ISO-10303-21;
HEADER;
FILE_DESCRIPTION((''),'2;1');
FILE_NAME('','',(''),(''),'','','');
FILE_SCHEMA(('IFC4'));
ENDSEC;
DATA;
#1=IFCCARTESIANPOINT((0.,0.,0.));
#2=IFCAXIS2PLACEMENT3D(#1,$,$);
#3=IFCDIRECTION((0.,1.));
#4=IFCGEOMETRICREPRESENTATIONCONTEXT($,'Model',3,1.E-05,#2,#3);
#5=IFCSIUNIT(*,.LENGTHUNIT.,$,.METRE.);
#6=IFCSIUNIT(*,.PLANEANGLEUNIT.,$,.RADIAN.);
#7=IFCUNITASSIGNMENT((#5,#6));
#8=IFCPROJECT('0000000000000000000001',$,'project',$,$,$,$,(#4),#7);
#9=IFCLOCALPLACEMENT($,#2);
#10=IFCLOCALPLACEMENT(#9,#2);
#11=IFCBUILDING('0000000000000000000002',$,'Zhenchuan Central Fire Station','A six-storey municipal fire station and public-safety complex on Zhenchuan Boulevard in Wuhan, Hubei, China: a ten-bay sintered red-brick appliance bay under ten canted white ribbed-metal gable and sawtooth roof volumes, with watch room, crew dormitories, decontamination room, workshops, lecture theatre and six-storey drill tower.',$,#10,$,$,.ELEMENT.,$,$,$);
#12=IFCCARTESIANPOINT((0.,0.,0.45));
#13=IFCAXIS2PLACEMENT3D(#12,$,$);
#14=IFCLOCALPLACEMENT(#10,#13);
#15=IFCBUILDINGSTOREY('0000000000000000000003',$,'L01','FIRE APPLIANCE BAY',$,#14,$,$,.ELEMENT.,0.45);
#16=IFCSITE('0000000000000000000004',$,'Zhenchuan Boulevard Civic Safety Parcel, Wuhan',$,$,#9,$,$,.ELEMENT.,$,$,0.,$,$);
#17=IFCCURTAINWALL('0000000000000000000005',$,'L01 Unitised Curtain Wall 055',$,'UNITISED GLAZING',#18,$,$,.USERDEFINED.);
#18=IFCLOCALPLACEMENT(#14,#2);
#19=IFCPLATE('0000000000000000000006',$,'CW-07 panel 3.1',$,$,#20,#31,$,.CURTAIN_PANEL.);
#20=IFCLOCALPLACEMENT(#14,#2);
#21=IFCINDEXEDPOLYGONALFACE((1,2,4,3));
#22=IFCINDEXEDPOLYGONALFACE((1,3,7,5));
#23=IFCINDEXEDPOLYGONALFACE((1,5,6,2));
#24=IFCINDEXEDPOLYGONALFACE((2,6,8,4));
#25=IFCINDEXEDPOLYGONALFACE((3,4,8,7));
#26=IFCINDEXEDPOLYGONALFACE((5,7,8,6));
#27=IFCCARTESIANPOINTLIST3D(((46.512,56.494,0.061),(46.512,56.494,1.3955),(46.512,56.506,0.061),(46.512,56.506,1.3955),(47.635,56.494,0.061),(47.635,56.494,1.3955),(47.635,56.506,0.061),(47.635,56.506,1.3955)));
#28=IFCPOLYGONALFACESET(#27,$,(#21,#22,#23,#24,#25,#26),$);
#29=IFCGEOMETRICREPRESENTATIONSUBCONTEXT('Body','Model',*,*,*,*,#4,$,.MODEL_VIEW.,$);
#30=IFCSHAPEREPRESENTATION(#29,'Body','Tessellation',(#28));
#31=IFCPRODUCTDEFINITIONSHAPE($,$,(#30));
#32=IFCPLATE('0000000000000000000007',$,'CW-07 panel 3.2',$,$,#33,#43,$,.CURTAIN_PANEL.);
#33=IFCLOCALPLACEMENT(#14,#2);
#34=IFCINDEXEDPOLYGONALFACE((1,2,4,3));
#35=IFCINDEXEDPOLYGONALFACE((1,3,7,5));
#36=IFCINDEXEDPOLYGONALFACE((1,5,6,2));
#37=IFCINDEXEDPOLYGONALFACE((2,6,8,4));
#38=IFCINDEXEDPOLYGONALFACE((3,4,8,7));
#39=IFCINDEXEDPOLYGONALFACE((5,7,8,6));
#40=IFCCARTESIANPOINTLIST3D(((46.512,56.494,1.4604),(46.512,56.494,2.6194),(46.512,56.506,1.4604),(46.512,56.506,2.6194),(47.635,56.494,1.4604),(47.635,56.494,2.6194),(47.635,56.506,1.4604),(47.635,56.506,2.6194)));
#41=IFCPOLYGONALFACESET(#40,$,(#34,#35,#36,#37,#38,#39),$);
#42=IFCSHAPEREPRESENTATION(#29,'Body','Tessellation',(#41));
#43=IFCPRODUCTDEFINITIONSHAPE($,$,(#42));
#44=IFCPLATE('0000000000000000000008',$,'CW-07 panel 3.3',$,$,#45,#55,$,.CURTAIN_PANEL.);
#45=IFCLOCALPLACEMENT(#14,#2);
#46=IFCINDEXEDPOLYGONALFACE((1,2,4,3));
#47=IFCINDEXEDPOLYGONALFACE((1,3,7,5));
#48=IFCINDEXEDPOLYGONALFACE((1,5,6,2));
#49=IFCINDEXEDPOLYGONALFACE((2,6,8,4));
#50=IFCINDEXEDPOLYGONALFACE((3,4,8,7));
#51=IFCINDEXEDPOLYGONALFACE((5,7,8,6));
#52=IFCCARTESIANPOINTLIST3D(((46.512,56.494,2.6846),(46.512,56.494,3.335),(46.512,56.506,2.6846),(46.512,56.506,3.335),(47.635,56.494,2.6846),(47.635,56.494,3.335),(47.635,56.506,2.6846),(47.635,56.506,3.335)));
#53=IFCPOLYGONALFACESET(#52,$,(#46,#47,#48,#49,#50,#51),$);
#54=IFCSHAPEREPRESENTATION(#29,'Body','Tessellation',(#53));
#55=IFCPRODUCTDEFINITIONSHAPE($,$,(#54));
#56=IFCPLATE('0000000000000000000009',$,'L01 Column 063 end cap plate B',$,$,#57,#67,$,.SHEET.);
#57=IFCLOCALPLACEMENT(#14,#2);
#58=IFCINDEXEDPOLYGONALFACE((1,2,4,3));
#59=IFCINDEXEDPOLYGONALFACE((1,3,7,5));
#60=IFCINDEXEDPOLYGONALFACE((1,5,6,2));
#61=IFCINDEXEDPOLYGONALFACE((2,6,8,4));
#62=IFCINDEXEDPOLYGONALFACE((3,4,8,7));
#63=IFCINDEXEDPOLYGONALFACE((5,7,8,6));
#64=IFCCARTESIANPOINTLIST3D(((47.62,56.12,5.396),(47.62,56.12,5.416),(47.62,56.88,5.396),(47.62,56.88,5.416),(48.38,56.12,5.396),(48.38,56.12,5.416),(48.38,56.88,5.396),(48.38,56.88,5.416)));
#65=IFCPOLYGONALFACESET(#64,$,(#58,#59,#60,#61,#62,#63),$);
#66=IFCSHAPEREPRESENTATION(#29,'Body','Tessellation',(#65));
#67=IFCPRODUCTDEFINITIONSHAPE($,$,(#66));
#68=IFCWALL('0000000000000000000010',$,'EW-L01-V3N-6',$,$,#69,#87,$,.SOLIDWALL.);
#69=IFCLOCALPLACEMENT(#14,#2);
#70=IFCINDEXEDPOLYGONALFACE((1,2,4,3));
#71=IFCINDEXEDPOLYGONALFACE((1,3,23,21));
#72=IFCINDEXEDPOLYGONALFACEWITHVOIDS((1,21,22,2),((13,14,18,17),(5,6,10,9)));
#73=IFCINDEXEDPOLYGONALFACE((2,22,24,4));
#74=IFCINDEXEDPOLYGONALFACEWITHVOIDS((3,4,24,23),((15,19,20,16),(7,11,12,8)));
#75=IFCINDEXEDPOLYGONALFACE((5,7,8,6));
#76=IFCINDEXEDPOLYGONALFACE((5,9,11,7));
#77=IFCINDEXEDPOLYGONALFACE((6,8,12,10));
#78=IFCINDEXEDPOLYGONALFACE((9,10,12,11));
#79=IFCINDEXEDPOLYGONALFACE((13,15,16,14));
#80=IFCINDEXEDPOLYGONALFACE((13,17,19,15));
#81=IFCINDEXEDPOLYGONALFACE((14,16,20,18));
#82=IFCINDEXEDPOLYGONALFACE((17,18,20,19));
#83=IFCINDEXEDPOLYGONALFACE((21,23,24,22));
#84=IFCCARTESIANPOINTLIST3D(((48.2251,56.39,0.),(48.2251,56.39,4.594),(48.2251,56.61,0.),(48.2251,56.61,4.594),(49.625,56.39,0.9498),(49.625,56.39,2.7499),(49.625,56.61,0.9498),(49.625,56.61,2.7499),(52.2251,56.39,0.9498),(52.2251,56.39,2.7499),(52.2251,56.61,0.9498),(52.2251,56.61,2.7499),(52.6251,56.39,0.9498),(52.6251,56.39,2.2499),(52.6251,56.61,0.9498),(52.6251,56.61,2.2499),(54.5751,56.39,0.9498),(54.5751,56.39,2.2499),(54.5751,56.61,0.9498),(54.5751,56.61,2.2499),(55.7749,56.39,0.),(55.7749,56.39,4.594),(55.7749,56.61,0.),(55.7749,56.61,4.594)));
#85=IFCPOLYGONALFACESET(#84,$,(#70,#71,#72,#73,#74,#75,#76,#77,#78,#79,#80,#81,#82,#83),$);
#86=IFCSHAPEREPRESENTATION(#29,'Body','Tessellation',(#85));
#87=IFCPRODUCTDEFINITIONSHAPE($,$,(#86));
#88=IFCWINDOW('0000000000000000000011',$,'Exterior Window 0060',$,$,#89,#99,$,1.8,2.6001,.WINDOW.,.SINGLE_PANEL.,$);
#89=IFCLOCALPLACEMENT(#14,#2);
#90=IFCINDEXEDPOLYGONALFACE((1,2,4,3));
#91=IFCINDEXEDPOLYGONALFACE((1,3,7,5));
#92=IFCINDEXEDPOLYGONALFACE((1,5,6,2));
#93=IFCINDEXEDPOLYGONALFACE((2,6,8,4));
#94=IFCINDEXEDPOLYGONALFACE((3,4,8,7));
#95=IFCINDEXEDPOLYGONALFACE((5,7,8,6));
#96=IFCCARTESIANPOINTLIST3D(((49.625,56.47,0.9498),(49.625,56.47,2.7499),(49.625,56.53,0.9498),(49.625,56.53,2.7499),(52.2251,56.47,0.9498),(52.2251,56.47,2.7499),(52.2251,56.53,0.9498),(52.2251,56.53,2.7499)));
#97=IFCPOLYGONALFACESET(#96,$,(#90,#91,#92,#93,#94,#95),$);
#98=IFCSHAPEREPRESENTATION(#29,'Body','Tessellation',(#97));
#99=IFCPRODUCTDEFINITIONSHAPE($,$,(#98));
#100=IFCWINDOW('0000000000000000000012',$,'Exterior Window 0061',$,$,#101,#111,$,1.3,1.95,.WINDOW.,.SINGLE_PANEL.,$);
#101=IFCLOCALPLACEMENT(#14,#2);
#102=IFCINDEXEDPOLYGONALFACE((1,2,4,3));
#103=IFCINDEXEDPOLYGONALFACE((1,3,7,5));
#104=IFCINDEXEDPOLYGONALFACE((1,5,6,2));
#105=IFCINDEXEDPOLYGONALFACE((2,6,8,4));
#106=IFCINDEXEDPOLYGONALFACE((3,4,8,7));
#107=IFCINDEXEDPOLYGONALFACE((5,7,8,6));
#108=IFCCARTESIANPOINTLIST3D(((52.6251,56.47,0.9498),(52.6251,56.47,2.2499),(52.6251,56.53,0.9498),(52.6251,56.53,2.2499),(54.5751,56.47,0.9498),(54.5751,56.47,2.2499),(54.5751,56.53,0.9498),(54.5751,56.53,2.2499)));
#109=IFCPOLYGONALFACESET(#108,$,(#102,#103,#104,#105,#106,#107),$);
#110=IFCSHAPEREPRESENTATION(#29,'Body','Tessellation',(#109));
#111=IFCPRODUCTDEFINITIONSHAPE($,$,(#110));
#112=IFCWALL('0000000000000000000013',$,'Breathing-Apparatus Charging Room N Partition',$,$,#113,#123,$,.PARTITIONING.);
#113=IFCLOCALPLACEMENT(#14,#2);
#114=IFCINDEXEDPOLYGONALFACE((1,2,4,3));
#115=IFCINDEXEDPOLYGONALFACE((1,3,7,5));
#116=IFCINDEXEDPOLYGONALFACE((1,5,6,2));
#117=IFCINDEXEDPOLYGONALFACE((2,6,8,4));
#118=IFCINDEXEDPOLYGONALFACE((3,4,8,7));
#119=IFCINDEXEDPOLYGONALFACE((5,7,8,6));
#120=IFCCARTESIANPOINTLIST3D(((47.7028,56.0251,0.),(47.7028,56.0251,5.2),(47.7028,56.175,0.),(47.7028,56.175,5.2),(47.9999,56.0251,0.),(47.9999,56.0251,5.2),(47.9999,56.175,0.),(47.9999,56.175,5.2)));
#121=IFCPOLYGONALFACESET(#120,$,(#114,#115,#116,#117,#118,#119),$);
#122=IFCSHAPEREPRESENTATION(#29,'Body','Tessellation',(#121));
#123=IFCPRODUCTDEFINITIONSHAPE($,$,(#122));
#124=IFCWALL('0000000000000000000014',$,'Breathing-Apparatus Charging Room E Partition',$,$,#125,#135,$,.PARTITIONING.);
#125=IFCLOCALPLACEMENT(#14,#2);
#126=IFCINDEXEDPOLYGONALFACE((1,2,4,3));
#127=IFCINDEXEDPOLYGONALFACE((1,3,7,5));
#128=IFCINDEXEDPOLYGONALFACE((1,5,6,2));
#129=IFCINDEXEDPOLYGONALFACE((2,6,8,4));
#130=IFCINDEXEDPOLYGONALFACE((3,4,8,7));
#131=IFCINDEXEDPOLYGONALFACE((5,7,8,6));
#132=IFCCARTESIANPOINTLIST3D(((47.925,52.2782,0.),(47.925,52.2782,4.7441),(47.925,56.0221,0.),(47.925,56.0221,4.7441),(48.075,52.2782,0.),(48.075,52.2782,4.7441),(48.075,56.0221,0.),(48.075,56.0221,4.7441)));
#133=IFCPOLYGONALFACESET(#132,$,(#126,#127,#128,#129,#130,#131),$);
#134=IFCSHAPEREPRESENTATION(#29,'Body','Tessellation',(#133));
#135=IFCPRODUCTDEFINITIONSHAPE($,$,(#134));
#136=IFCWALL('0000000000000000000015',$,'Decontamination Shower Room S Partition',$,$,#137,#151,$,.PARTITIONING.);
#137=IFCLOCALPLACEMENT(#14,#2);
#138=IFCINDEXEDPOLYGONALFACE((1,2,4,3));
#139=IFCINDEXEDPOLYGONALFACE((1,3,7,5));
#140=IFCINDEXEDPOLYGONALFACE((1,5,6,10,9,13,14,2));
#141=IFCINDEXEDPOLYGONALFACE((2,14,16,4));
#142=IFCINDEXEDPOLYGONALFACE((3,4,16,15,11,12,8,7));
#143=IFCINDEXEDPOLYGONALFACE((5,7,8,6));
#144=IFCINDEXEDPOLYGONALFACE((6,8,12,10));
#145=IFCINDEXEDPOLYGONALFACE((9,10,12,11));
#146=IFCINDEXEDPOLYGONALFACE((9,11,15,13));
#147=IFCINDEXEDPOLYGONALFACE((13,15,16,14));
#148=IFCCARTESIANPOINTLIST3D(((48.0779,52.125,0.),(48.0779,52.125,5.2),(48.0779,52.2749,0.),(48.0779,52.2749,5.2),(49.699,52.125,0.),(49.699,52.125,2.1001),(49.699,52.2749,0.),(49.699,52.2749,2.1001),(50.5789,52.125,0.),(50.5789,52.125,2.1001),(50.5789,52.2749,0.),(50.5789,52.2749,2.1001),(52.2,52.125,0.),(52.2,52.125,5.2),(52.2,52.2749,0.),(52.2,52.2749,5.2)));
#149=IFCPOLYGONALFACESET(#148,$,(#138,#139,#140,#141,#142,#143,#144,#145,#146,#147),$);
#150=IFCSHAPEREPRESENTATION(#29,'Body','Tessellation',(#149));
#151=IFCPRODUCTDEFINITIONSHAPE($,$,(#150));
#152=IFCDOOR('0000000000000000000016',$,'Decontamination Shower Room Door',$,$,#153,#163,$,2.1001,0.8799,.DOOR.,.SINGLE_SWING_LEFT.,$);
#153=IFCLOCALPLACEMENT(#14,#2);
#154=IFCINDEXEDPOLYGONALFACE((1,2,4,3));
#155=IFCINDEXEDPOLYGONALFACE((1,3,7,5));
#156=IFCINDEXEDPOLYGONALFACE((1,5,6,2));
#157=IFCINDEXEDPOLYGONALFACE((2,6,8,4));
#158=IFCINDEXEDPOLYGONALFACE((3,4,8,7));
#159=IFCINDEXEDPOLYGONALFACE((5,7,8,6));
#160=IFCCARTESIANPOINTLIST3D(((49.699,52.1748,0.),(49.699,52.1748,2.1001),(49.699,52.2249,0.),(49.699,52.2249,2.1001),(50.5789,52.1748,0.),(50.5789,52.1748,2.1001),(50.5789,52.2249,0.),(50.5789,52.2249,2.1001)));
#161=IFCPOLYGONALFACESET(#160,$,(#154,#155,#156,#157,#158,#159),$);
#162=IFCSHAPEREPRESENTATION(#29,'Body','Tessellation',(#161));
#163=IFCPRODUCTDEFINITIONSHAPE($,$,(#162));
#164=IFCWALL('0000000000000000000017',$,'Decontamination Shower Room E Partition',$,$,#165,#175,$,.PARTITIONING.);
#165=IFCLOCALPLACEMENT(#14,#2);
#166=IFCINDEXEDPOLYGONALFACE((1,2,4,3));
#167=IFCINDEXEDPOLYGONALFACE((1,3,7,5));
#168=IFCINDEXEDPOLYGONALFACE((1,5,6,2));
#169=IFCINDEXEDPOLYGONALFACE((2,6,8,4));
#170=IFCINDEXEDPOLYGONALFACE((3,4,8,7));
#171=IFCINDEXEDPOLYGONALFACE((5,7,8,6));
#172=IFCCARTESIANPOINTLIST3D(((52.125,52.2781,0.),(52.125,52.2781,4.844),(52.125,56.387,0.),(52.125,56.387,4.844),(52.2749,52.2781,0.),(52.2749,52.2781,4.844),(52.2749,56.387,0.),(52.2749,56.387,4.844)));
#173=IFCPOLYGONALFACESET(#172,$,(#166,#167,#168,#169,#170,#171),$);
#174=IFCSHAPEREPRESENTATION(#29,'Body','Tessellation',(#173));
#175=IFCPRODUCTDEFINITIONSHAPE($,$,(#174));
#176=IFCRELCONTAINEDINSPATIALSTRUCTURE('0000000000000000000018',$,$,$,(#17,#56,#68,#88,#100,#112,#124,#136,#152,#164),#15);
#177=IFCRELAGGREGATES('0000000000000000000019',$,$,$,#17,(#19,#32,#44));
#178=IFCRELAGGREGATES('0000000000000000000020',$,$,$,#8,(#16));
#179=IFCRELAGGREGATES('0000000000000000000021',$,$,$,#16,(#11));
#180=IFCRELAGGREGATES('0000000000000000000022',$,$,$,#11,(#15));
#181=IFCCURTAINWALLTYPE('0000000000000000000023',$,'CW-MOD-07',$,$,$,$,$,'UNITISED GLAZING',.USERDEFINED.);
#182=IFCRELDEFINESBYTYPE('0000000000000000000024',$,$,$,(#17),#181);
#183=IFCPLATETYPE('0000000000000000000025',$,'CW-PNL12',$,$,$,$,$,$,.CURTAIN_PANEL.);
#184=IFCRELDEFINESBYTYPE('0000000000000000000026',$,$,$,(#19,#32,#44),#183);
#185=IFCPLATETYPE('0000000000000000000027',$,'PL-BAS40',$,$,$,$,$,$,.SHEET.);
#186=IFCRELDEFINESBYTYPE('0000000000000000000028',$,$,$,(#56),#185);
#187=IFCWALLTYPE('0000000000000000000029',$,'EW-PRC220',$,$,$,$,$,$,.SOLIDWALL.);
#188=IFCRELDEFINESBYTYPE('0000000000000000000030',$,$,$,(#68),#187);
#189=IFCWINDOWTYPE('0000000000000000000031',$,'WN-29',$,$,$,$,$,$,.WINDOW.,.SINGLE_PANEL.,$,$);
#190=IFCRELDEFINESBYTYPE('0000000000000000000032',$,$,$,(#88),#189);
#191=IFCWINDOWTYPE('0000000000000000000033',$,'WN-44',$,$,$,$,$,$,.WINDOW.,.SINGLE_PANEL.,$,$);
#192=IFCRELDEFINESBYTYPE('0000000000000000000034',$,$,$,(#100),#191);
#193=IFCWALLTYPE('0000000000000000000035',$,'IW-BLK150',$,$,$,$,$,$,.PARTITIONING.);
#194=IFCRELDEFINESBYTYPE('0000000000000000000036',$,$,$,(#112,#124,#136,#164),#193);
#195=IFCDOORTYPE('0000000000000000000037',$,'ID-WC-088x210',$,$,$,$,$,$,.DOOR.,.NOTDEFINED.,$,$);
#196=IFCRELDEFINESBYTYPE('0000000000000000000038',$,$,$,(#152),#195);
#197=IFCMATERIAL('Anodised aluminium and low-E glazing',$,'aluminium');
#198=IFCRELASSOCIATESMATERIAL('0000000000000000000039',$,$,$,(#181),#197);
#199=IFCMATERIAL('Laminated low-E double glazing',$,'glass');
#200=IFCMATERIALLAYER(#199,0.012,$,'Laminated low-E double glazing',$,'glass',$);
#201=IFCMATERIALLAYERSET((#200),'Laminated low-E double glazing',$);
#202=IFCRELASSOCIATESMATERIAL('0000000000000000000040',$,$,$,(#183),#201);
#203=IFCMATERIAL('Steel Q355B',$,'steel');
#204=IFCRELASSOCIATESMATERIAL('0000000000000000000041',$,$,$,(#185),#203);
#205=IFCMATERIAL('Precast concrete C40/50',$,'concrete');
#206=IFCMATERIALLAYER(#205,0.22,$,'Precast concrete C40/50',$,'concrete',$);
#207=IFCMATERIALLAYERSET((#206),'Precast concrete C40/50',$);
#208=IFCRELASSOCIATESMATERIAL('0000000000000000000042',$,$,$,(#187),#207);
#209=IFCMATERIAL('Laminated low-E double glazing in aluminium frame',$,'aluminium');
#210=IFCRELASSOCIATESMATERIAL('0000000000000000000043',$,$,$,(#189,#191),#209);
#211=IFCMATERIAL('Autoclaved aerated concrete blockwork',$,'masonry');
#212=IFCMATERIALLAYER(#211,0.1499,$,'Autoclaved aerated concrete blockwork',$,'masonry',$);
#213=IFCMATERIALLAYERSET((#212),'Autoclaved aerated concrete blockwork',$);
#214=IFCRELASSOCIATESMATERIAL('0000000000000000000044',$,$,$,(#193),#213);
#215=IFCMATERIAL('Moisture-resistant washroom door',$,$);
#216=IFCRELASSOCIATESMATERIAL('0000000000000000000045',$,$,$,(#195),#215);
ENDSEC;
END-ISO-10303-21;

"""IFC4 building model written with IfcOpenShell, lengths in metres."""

from ifc_helpers import new_model, si_unit, direction, frame, frame_2d, origin, origin_2d, place, context, subcontext, project, spatial, rectangle, extrude, material, layer, layer_set, material_profile, profile_set, type_object, element, fill, aggregate, save


model = new_model("IFC4")

# Units and contexts
model_context = context("Model", 3, precision=1e-05, world=origin(), true_north=direction((0.0, 1.0)))
body_context = subcontext(model_context, "Body", "Model", "MODEL_VIEW")
ifc_project = project(units=[si_unit("LENGTHUNIT", "METRE"), si_unit("PLANEANGLEUNIT", "RADIAN")], contexts=[model_context])

# Site, building, storey
site_placement = place(None, origin())
site = spatial("IfcSite", under=ifc_project, at=site_placement, Name="Zhenchuan Boulevard Civic Safety Parcel, Wuhan", CompositionType="ELEMENT", RefElevation=0.0)
building_placement = place(site_placement, origin())
building = spatial("IfcBuilding", under=site, at=building_placement, Name="Zhenchuan Central Fire Station", Description="A six-storey municipal fire station and public-safety complex on Zhenchuan Boulevard in Wuhan, Hubei, China: a ten-bay sintered red-brick appliance bay under ten canted white ribbed-metal gable and sawtooth roof volumes, with watch room, crew dormitories, decontamination room, workshops, lecture theatre and six-storey drill tower.", CompositionType="ELEMENT")
storey_placement = place(building_placement, frame((0.0, 0.0, 0.45)))
storey = spatial("IfcBuildingStorey", under=building, at=storey_placement, Name="L01", Description="FIRE APPLIANCE BAY", CompositionType="ELEMENT", Elevation=0.45)

# Shared definitions
ifc_material_1 = material(Name="Steel Q355B", Category="steel")

# Curtain wall, plates
ifc_material_2 = material(Name="Anodised aluminium and low-E glazing", Category="aluminium")
curtain_wall_type = type_object("IfcCurtainWallType", Name="CW-MOD-07", ElementType="UNITISED GLAZING", PredefinedType="USERDEFINED", material=ifc_material_2)
curtain_wall_placement = place(storey_placement, origin())
curtain_wall = element("IfcCurtainWall", 1, at=curtain_wall_placement, inside=storey, type_object=curtain_wall_type, Name="L01 Unitised Curtain Wall 055", ObjectType="UNITISED GLAZING", PredefinedType="USERDEFINED")
ifc_material_3 = material(Name="Laminated low-E double glazing", Category="glass")
ifc_layer_1 = layer(ifc_material_3, 0.012, Name="Laminated low-E double glazing", Category="glass")
ifc_layer_set_1 = layer_set([ifc_layer_1], Name="Laminated low-E double glazing")
plate_type_1 = type_object("IfcPlateType", Name="CW-PNL12", PredefinedType="CURTAIN_PANEL", material=ifc_layer_set_1)
plate_1_placement = place(storey_placement, frame((47.0735, 56.5, 0.061), z_axis=(0.0, 0.0, 1.0), x_axis=(1.0, 0.0, 0.0)))
plate_1 = element("IfcPlate", 2, at=plate_1_placement, type_object=plate_type_1, Name="CW-07 panel 3.1", PredefinedType="CURTAIN_PANEL", context=body_context, shape_type="SweptSolid", body=[
    extrude(rectangle(XDim=1.123, YDim=0.012, at=origin_2d()), origin(), (0.0, 0.0, 1.0), 1.3345),
])
plate_2_placement = place(storey_placement, frame((47.0735, 56.5, 1.4604), z_axis=(0.0, 0.0, 1.0), x_axis=(1.0, 0.0, 0.0)))
plate_2 = element("IfcPlate", 3, at=plate_2_placement, type_object=plate_type_1, Name="CW-07 panel 3.2", PredefinedType="CURTAIN_PANEL", context=body_context, shape_type="SweptSolid", body=[
    extrude(rectangle(XDim=1.123, YDim=0.012, at=origin_2d()), origin(), (0.0, 0.0, 1.0), 1.1589),
])
plate_3_placement = place(storey_placement, frame((47.0735, 56.5, 2.6846), z_axis=(0.0, 0.0, 1.0), x_axis=(1.0, 0.0, 0.0)))
plate_3 = element("IfcPlate", 4, at=plate_3_placement, type_object=plate_type_1, Name="CW-07 panel 3.3", PredefinedType="CURTAIN_PANEL", context=body_context, shape_type="SweptSolid", body=[
    extrude(rectangle(XDim=1.123, YDim=0.012, at=origin_2d()), origin(), (0.0, 0.0, 1.0), 0.6504),
])
aggregate(curtain_wall, [plate_1, plate_2, plate_3])

# Plate
ifc_material_profile_1 = material_profile(ifc_material_1, rectangle(XDim=0.76, YDim=0.76, at=origin_2d()), Name="PL 760x760x40")
ifc_profile_set_1 = profile_set([ifc_material_profile_1], Name="Steel Q355B")
plate_type_2 = type_object("IfcPlateType", Name="PL-BAS40", PredefinedType="SHEET", material=ifc_profile_set_1)
plate_4_placement = place(storey_placement, frame((48.0, 56.5, 5.396), z_axis=(0.0, 0.0, 1.0), x_axis=(1.0, 0.0, 0.0)))
element("IfcPlate", 5, at=plate_4_placement, inside=storey, type_object=plate_type_2, Name="L01 Column 063 end cap plate B", PredefinedType="SHEET", context=body_context, shape_type="SweptSolid", body=[
    extrude(rectangle(XDim=0.76, YDim=0.76, at=origin_2d()), origin(), (0.0, 0.0, 1.0), 0.02),
])

# Wall, openings, windows
ifc_material_4 = material(Name="Precast concrete C40/50", Category="concrete")
ifc_layer_2 = layer(ifc_material_4, 0.22, Name="Precast concrete C40/50", Category="concrete")
ifc_layer_set_2 = layer_set([ifc_layer_2], Name="Precast concrete C40/50")
wall_type_1 = type_object("IfcWallType", Name="EW-PRC220", PredefinedType="SOLIDWALL", material=ifc_layer_set_2)
wall_1_placement = place(storey_placement, frame((48.2251, 56.5, 0.0), z_axis=(0.0, 0.0, 1.0), x_axis=(1.0, 0.0, 0.0)))
wall_1 = element("IfcWall", 6, at=wall_1_placement, inside=storey, type_object=wall_type_1, Name="EW-L01-V3N-6", PredefinedType="SOLIDWALL", context=body_context, shape_type="SweptSolid", body=[
    extrude(rectangle(XDim=7.5498, YDim=0.22, at=frame_2d((3.7749, 0.0))), origin(), (0.0, 0.0, 1.0), 4.594),
])
opening_1_placement = place(wall_1_placement, frame((1.3999, 0.0, 0.95)))
opening_1 = element("IfcOpeningElement", 7, at=opening_1_placement, cuts=wall_1, PredefinedType="OPENING", context=body_context, shape_type="SweptSolid", body=[
    extrude(rectangle(XDim=2.6001, YDim=1.8, at=frame_2d((1.3, 0.8999))), frame((0.0, 0.1199, 0.0), z_axis=(0.0, -1.0, 0.0), x_axis=(1.0, 0.0, 0.0)), (0.0, 0.0, 1.0), 0.24),
])
opening_2_placement = place(wall_1_placement, frame((4.3999, 0.0, 0.95)))
opening_2 = element("IfcOpeningElement", 8, at=opening_2_placement, cuts=wall_1, PredefinedType="OPENING", context=body_context, shape_type="SweptSolid", body=[
    extrude(rectangle(XDim=1.95, YDim=1.3, at=frame_2d((0.9751, 0.6499))), frame((0.0, 0.1199, 0.0), z_axis=(0.0, -1.0, 0.0), x_axis=(1.0, 0.0, 0.0)), (0.0, 0.0, 1.0), 0.24),
])
ifc_material_5 = material(Name="Laminated low-E double glazing in aluminium frame", Category="aluminium")
window_type_1 = type_object("IfcWindowType", Name="WN-29", PartitioningType="SINGLE_PANEL", PredefinedType="WINDOW", material=ifc_material_5)
window_1_placement = place(opening_1_placement, origin())
window_1 = element("IfcWindow", 9, at=window_1_placement, inside=storey, type_object=window_type_1, Name="Exterior Window 0060", OverallHeight=1.8, OverallWidth=2.6001, PartitioningType="SINGLE_PANEL", PredefinedType="WINDOW", context=body_context, shape_type="SweptSolid", body=[
    extrude(rectangle(XDim=2.6001, YDim=1.8, at=frame_2d((1.3, 0.8999))), frame((0.0, 0.03, 0.0), z_axis=(0.0, -1.0, 0.0), x_axis=(1.0, 0.0, 0.0)), (0.0, 0.0, 1.0), 0.0601),
])
fill(opening_1, window_1)
window_type_2 = type_object("IfcWindowType", Name="WN-44", PartitioningType="SINGLE_PANEL", PredefinedType="WINDOW", material=ifc_material_5)
window_2_placement = place(opening_2_placement, origin())
window_2 = element("IfcWindow", 10, at=window_2_placement, inside=storey, type_object=window_type_2, Name="Exterior Window 0061", OverallHeight=1.3, OverallWidth=1.95, PartitioningType="SINGLE_PANEL", PredefinedType="WINDOW", context=body_context, shape_type="SweptSolid", body=[
    extrude(rectangle(XDim=1.95, YDim=1.3, at=frame_2d((0.9751, 0.6499))), frame((0.0, 0.03, 0.0), z_axis=(0.0, -1.0, 0.0), x_axis=(1.0, 0.0, 0.0)), (0.0, 0.0, 1.0), 0.0601),
])
fill(opening_2, window_2)

# Walls
ifc_material_6 = material(Name="Autoclaved aerated concrete blockwork", Category="masonry")
ifc_layer_3 = layer(ifc_material_6, 0.1499, Name="Autoclaved aerated concrete blockwork", Category="masonry")
ifc_layer_set_3 = layer_set([ifc_layer_3], Name="Autoclaved aerated concrete blockwork")
wall_type_2 = type_object("IfcWallType", Name="IW-BLK150", PredefinedType="PARTITIONING", material=ifc_layer_set_3)
wall_2_placement = place(storey_placement, frame((47.7029, 56.1001, 0.0), z_axis=(0.0, 0.0, 1.0), x_axis=(1.0, 0.0, 0.0)))
element("IfcWall", 11, at=wall_2_placement, inside=storey, type_object=wall_type_2, Name="Breathing-Apparatus Charging Room N Partition", PredefinedType="PARTITIONING", context=body_context, shape_type="SweptSolid", body=[
    extrude(rectangle(XDim=0.2971, YDim=0.1499, at=frame_2d((0.1484, 0.0))), origin(), (0.0, 0.0, 1.0), 5.2),
])
wall_3_placement = place(storey_placement, frame((48.0, 52.2781, 0.0), z_axis=(0.0, 0.0, 1.0), x_axis=(0.0, 1.0, 0.0)))
element("IfcWall", 12, at=wall_3_placement, inside=storey, type_object=wall_type_2, Name="Breathing-Apparatus Charging Room E Partition", PredefinedType="PARTITIONING", context=body_context, shape_type="SweptSolid", body=[
    extrude(rectangle(XDim=3.7439, YDim=0.1499, at=frame_2d((1.8721, 0.0))), origin(), (0.0, 0.0, 1.0), 4.7441),
])

# Wall, opening, door
wall_4_placement = place(storey_placement, frame((48.0779, 52.2, 0.0), z_axis=(0.0, 0.0, 1.0), x_axis=(1.0, 0.0, 0.0)))
wall_4 = element("IfcWall", 13, at=wall_4_placement, inside=storey, type_object=wall_type_2, Name="Decontamination Shower Room S Partition", PredefinedType="PARTITIONING", context=body_context, shape_type="SweptSolid", body=[
    extrude(rectangle(XDim=4.1221, YDim=0.1499, at=frame_2d((2.061, 0.0))), origin(), (0.0, 0.0, 1.0), 5.2),
])
opening_3_placement = place(wall_4_placement, frame((1.6211, 0.0, 0.0)))
opening_3 = element("IfcOpeningElement", 14, at=opening_3_placement, cuts=wall_4, PredefinedType="OPENING", context=body_context, shape_type="SweptSolid", body=[
    extrude(rectangle(XDim=0.8799, YDim=2.1001, at=frame_2d((0.4399, 1.05))), frame((0.0, 0.085, 0.0), z_axis=(0.0, -1.0, 0.0), x_axis=(1.0, 0.0, 0.0)), (0.0, 0.0, 1.0), 0.1699),
])
ifc_material_7 = material(Name="Moisture-resistant washroom door")
door_type_1 = type_object("IfcDoorType", Name="ID-WC-088x210", OperationType="NOTDEFINED", PredefinedType="DOOR", material=ifc_material_7)
door_1_placement = place(opening_3_placement, origin())
door_1 = element("IfcDoor", 15, at=door_1_placement, inside=storey, type_object=door_type_1, Name="Decontamination Shower Room Door", OperationType="SINGLE_SWING_LEFT", OverallHeight=2.1001, OverallWidth=0.8799, PredefinedType="DOOR", context=body_context, shape_type="SweptSolid", body=[
    extrude(rectangle(XDim=0.8799, YDim=2.1001, at=frame_2d((0.4399, 1.05))), frame((0.0, 0.0249, 0.0), z_axis=(0.0, -1.0, 0.0), x_axis=(1.0, 0.0, 0.0)), (0.0, 0.0, 1.0), 0.05),
])
fill(opening_3, door_1)

# Wall
wall_5_placement = place(storey_placement, frame((52.2, 52.2781, 0.0), z_axis=(0.0, 0.0, 1.0), x_axis=(0.0, 1.0, 0.0)))
element("IfcWall", 16, at=wall_5_placement, inside=storey, type_object=wall_type_2, Name="Decontamination Shower Room E Partition", PredefinedType="PARTITIONING", context=body_context, shape_type="SweptSolid", body=[
    extrude(rectangle(XDim=4.1089, YDim=0.1499, at=frame_2d((2.0544, 0.0))), origin(), (0.0, 0.0, 1.0), 4.844),
])

save(model, "model.ifc")
